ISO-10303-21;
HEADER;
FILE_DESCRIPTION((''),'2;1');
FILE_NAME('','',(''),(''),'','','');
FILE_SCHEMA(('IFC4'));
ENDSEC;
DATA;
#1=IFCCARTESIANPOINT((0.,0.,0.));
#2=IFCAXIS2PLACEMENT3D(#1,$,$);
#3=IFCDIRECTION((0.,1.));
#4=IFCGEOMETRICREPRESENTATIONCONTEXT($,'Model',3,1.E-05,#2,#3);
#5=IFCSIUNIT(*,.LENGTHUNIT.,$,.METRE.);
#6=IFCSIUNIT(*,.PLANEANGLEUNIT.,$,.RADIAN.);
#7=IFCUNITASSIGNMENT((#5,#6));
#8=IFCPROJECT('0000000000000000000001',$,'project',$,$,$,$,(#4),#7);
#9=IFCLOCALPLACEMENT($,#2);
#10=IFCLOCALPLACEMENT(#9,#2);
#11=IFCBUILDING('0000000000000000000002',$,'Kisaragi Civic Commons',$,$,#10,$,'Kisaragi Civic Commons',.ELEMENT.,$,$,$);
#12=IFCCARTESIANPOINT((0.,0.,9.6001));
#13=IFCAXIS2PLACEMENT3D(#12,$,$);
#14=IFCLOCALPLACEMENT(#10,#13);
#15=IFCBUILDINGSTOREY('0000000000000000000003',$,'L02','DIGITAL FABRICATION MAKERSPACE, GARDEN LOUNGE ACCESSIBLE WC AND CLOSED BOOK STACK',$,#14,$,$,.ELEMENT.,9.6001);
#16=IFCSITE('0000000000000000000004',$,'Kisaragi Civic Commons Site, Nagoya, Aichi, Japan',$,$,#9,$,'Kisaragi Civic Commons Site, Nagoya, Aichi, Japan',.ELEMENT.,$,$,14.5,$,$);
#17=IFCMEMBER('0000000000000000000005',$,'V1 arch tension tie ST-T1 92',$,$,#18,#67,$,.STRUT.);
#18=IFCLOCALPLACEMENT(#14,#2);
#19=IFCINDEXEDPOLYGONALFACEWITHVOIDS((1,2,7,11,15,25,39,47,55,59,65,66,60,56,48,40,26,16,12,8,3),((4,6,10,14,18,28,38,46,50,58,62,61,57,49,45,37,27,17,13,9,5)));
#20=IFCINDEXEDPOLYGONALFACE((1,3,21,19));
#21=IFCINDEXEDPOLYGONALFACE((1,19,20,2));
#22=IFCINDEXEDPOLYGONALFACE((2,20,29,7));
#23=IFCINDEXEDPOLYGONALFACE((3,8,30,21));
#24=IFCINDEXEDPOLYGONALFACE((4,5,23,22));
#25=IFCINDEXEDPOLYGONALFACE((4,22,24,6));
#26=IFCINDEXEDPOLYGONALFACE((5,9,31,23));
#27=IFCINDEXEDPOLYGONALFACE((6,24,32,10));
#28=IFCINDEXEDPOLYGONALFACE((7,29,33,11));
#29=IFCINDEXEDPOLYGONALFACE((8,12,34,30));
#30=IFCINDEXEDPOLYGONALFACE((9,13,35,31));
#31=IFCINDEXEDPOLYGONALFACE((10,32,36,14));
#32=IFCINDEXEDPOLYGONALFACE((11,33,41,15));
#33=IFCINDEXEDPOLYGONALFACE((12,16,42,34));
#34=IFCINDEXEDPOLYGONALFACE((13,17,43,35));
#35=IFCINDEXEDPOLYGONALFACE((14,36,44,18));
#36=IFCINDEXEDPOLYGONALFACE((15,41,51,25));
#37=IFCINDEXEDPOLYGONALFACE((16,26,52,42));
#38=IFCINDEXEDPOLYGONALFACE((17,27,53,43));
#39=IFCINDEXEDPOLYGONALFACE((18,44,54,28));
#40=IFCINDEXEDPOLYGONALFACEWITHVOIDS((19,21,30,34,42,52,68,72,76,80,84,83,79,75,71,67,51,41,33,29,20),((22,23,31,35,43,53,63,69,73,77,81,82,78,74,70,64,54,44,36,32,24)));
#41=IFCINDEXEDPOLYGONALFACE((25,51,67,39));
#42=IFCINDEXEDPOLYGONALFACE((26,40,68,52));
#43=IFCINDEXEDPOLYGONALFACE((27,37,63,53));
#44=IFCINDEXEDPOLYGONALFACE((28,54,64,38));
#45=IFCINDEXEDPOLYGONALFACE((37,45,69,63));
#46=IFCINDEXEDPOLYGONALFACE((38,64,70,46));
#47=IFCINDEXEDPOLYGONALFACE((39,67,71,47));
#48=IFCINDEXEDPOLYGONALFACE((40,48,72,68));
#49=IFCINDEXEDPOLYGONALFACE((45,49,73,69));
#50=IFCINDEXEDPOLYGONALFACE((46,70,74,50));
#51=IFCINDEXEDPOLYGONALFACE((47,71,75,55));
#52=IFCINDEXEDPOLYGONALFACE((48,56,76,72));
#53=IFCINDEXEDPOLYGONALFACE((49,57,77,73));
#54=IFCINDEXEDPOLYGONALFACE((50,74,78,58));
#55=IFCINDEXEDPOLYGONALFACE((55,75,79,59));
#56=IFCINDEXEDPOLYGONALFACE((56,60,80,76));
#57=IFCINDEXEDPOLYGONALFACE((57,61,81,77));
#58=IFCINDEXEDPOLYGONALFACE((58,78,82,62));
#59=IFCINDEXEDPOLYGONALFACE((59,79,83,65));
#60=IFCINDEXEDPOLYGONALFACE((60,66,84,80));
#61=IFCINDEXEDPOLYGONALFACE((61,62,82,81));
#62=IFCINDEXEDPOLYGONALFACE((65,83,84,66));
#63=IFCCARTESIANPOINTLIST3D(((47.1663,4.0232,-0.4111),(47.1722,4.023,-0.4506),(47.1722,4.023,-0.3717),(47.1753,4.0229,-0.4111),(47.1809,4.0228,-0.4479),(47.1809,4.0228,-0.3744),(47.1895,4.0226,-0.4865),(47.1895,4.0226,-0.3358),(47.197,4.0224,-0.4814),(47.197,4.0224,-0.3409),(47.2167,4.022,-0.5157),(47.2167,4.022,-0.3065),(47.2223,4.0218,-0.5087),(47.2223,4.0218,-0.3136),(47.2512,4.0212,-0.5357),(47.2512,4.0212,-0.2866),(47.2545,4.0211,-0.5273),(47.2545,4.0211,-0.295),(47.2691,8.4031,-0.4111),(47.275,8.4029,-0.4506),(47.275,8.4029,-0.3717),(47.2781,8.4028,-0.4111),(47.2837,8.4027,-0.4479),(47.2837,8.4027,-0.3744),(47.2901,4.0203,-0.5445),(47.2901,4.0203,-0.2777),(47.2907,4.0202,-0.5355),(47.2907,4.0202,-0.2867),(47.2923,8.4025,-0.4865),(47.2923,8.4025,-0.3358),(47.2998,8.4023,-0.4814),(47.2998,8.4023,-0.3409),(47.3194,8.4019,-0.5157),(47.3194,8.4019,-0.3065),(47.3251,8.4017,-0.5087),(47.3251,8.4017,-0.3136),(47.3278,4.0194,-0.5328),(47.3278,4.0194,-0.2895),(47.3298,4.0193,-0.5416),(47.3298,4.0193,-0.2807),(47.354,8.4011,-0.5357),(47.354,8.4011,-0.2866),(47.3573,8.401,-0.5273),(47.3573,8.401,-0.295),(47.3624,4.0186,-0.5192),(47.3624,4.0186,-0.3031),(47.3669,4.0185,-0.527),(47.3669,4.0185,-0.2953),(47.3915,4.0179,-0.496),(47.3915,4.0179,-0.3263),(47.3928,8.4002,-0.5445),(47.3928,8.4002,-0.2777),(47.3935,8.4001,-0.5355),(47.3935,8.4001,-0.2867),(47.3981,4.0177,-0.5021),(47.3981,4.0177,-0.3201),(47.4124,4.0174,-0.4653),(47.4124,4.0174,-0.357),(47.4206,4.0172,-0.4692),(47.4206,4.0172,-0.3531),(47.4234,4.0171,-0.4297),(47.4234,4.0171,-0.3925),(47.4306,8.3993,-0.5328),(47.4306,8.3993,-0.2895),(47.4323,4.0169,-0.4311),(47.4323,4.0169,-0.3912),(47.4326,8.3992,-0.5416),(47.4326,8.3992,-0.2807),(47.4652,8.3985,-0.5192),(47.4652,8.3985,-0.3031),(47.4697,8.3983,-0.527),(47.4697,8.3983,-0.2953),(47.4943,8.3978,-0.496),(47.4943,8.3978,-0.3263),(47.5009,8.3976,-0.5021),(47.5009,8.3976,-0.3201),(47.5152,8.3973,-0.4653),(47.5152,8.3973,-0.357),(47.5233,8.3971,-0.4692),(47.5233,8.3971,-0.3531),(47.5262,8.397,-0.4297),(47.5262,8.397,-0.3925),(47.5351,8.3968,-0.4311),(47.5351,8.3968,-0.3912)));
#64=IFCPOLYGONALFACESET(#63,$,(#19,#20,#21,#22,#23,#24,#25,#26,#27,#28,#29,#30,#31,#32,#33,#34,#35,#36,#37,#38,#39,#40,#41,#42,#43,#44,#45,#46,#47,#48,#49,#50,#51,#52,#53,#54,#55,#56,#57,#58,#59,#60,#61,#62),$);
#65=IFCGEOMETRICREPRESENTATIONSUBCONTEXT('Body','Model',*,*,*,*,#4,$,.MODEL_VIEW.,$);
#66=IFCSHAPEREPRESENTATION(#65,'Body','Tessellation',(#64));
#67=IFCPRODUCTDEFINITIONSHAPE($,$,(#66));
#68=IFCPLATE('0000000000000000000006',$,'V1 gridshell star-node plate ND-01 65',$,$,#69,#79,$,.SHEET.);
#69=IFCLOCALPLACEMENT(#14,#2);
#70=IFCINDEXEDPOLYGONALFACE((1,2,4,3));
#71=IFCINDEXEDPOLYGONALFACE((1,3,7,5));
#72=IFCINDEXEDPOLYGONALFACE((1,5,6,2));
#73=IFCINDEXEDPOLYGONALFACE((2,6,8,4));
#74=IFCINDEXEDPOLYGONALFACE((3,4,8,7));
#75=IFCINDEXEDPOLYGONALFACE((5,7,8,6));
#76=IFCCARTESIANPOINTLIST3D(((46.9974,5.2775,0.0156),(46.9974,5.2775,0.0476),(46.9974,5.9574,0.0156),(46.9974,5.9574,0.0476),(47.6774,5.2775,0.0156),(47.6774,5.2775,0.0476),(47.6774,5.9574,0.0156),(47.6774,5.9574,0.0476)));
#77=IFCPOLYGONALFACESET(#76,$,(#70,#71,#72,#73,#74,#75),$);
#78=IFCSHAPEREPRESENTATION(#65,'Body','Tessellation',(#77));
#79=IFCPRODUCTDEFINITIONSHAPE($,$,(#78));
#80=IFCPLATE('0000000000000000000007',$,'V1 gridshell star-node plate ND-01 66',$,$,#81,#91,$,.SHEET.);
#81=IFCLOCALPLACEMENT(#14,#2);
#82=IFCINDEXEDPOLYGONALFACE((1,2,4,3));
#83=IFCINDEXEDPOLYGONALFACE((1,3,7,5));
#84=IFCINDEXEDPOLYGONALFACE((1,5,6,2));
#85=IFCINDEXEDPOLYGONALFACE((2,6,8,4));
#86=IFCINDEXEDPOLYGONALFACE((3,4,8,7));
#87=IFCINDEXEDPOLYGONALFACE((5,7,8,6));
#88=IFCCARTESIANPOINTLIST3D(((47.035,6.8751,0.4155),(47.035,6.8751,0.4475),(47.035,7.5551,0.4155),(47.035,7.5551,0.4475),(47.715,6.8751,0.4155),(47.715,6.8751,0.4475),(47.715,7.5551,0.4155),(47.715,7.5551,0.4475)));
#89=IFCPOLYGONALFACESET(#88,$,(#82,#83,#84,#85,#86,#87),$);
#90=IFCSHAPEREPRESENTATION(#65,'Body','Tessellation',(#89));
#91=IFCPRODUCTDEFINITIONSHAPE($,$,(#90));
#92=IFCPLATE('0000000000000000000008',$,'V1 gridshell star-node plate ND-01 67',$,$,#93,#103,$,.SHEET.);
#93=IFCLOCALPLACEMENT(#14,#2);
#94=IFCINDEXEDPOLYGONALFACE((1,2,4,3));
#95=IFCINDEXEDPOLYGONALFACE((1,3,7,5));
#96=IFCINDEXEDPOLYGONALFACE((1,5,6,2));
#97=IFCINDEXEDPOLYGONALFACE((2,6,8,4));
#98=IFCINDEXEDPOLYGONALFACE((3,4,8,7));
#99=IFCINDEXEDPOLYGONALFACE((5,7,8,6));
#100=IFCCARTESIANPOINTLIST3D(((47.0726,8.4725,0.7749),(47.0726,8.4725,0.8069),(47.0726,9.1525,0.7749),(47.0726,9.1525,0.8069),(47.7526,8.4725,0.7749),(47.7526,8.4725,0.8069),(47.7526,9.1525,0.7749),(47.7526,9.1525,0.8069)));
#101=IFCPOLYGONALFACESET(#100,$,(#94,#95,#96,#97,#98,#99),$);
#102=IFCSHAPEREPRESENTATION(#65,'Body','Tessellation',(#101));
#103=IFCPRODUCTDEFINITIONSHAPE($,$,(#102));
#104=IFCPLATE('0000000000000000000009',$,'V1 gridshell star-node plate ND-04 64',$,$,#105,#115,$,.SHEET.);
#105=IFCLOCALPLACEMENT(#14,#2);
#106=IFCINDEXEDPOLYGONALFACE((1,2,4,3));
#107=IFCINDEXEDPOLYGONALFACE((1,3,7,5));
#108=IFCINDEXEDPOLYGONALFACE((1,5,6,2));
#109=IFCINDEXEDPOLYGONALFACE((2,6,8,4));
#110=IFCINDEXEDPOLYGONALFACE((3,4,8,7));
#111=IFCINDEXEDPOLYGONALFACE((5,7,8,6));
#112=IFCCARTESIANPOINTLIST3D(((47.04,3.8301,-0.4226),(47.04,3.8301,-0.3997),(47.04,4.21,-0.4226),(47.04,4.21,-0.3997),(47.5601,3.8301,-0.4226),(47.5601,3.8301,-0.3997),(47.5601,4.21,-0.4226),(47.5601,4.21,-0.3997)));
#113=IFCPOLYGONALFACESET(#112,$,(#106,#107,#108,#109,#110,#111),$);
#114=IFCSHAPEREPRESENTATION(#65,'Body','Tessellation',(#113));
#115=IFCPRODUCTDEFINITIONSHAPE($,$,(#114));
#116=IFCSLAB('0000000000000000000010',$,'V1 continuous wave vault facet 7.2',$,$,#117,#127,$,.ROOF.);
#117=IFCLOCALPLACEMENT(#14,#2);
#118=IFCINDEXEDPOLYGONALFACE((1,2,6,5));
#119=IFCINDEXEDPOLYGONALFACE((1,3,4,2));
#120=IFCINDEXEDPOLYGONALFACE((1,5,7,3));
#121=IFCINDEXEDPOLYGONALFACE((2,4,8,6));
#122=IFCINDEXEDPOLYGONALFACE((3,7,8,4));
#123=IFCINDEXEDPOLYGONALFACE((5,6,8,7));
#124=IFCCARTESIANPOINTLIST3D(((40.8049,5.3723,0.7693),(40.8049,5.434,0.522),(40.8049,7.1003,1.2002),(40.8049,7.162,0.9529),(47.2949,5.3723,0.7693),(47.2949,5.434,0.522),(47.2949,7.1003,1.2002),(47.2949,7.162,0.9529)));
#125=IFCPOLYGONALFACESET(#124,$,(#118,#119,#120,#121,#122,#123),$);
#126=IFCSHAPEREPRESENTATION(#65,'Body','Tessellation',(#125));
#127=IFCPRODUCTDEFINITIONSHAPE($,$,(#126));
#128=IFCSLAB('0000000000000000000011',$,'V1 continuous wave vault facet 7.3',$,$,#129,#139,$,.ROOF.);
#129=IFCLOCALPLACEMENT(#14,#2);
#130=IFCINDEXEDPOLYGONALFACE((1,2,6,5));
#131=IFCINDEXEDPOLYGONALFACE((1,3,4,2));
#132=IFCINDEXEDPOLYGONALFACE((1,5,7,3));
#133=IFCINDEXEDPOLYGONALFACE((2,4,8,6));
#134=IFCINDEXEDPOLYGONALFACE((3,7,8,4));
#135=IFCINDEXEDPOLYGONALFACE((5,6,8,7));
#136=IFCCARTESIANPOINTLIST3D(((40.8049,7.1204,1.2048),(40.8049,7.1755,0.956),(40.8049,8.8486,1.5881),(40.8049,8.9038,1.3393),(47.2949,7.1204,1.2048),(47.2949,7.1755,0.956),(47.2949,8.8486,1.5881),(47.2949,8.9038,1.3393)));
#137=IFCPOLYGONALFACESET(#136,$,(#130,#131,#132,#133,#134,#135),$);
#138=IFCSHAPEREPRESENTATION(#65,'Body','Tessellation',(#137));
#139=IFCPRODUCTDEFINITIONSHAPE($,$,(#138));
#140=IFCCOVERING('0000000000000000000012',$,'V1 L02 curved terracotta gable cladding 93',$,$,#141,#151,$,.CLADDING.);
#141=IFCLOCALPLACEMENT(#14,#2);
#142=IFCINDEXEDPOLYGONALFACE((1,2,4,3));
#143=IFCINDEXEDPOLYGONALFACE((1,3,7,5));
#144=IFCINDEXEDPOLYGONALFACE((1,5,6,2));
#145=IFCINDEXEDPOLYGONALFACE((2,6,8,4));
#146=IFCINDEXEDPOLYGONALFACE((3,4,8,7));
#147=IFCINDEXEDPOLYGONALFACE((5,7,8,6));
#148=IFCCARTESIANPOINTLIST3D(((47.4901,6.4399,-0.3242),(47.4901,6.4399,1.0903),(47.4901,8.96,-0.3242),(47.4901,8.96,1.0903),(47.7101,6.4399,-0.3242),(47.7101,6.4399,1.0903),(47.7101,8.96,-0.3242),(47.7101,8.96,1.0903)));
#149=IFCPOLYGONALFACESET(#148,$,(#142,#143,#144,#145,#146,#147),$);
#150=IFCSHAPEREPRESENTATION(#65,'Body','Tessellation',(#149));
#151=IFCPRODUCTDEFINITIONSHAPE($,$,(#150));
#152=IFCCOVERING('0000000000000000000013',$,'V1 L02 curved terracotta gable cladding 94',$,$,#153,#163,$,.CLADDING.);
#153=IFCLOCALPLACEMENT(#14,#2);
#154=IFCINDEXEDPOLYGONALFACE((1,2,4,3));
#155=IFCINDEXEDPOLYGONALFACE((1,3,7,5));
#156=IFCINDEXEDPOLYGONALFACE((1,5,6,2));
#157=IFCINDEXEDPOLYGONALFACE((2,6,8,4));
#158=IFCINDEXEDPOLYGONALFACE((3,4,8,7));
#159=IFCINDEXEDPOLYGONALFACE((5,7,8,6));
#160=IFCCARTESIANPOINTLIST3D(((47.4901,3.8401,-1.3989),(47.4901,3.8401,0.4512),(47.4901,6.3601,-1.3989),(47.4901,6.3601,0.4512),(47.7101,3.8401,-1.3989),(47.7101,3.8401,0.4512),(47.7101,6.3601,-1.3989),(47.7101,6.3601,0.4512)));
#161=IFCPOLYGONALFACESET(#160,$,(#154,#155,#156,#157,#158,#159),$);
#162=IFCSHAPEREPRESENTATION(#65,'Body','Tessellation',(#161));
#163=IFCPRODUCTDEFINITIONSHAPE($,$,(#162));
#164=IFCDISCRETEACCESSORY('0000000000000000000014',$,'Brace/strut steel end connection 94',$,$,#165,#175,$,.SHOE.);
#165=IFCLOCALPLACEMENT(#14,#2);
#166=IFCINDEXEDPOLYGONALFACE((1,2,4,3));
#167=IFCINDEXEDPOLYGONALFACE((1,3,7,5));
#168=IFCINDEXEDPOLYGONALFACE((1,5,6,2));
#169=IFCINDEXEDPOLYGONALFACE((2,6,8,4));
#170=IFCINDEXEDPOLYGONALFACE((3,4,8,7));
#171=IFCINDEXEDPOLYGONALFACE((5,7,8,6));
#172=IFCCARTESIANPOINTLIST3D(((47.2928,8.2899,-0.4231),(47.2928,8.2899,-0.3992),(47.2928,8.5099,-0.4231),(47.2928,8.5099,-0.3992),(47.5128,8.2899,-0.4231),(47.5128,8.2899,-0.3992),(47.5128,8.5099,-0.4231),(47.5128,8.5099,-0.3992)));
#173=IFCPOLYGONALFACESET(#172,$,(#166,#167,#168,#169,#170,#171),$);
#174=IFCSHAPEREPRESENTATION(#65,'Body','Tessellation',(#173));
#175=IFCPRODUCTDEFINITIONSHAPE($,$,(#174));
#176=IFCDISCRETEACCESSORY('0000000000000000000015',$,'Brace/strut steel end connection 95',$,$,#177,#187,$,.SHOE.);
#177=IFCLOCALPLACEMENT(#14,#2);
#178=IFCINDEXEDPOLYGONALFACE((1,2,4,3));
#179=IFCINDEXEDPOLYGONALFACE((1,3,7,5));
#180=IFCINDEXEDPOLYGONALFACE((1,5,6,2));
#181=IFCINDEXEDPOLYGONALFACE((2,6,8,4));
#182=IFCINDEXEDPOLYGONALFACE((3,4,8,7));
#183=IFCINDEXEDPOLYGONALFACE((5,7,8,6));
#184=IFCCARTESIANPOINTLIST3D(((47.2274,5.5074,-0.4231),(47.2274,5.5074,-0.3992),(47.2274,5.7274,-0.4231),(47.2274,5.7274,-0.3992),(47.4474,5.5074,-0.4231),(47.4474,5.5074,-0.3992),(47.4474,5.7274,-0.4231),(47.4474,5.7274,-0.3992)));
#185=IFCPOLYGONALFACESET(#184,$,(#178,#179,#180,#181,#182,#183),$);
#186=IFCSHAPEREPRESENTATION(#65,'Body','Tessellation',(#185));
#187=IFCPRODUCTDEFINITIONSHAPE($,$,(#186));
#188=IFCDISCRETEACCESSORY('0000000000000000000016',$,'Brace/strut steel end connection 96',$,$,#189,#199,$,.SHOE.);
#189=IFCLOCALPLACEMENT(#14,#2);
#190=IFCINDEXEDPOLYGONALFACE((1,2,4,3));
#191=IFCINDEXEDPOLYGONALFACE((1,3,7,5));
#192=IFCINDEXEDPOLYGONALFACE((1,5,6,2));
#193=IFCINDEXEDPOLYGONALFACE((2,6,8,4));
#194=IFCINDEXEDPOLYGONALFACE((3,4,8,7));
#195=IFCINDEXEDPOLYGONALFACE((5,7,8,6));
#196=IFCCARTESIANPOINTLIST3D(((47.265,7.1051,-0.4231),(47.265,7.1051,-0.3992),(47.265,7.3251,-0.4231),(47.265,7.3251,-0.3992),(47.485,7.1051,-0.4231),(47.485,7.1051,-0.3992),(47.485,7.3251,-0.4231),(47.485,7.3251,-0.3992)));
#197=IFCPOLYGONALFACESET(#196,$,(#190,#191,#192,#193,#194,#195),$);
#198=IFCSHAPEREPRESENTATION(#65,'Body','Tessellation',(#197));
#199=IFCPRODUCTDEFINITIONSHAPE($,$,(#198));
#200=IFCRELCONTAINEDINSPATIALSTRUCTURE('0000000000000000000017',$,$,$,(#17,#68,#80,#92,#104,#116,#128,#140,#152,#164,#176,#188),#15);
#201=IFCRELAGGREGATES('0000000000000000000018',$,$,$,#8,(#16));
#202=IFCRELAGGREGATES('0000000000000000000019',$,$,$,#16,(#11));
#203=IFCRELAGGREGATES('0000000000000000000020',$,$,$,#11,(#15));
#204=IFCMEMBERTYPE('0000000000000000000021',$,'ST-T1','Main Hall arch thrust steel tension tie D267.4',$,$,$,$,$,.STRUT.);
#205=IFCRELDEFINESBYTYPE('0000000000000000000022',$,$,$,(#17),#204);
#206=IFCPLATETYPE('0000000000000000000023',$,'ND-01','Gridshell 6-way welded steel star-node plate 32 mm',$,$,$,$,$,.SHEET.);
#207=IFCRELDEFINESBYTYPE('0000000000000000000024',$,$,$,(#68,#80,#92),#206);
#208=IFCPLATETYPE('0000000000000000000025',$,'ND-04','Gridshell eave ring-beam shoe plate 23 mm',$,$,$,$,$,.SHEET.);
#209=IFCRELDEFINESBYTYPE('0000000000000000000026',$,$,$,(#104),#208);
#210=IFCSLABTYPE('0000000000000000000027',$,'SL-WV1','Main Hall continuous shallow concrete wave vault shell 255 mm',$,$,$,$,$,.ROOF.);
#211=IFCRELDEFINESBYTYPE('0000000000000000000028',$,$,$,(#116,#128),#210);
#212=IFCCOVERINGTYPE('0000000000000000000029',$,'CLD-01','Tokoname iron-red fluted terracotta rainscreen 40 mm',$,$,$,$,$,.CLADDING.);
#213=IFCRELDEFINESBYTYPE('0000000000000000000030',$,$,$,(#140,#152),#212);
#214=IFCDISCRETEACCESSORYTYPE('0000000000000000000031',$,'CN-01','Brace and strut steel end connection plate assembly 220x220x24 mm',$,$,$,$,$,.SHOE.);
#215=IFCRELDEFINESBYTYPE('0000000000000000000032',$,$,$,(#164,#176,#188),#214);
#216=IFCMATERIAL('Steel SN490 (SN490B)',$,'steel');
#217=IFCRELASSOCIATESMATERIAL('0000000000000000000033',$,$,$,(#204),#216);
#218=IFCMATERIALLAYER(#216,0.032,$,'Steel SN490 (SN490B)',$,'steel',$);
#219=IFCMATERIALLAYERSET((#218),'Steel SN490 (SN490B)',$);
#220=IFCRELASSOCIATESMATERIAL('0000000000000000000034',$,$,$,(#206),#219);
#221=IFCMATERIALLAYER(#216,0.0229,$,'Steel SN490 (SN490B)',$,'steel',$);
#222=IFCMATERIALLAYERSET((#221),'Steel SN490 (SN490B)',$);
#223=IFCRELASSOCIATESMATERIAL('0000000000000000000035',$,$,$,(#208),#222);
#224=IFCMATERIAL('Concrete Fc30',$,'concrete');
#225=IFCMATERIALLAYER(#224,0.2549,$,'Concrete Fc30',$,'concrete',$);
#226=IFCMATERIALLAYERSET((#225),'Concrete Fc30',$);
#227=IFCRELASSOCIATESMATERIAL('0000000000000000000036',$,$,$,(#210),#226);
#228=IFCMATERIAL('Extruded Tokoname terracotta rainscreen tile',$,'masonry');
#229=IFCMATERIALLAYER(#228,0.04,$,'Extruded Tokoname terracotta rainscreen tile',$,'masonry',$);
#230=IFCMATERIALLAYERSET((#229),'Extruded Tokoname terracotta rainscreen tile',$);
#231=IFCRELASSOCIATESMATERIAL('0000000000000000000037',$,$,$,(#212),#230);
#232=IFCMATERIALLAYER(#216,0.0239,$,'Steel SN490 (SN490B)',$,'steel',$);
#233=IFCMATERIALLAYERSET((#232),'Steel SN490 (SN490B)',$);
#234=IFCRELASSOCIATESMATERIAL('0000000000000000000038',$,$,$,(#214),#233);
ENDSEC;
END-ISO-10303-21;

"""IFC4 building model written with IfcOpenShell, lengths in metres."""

from ifc_helpers import new_model, si_unit, direction, frame, origin, origin_2d, place, context, subcontext, project, spatial, polyline, rectangle, hollow_circle, outline, extrude, material, layer, layer_set, material_profile, profile_set, type_object, element, save


model = new_model("IFC4")

# Units and contexts
model_context = context("Model", 3, precision=1e-05, world=origin(), true_north=direction((0.0, 1.0)))
body_context = subcontext(model_context, "Body", "Model", "MODEL_VIEW")
ifc_project = project(units=[si_unit("LENGTHUNIT", "METRE"), si_unit("PLANEANGLEUNIT", "RADIAN")], contexts=[model_context])

# Site, building, storey
site_placement = place(None, origin())
site = spatial("IfcSite", under=ifc_project, at=site_placement, Name="Kisaragi Civic Commons Site, Nagoya, Aichi, Japan", LongName="Kisaragi Civic Commons Site, Nagoya, Aichi, Japan", CompositionType="ELEMENT", RefElevation=14.5)
building_placement = place(site_placement, origin())
building = spatial("IfcBuilding", under=site, at=building_placement, Name="Kisaragi Civic Commons", LongName="Kisaragi Civic Commons", CompositionType="ELEMENT")
storey_placement = place(building_placement, frame((0.0, 0.0, 9.6001)))
storey = spatial("IfcBuildingStorey", under=building, at=storey_placement, Name="L02", Description="DIGITAL FABRICATION MAKERSPACE, GARDEN LOUNGE ACCESSIBLE WC AND CLOSED BOOK STACK", CompositionType="ELEMENT", Elevation=9.6001)

# Member
ifc_material_1 = material(Name="Steel SN490 (SN490B)", Category="steel")
ifc_material_profile_1 = material_profile(ifc_material_1, hollow_circle(Radius=0.1338, WallThickness=0.009, at=origin_2d()), Name="CHS-267.4x9.0", Category="steel")
ifc_profile_set_1 = profile_set([ifc_material_profile_1], Name="Steel SN490 (SN490B)")
member_type_1 = type_object("IfcMemberType", Name="ST-T1", Description="Main Hall arch thrust steel tension tie D267.4", PredefinedType="STRUT", material=ifc_profile_set_1)
member_1_placement = place(storey_placement, frame((47.3, 4.02, -0.4111), z_axis=(0.023461, 0.999725, 0.0), x_axis=(-0.999725, 0.023461, 0.0)))
element("IfcMember", 1, at=member_1_placement, inside=storey, type_object=member_type_1, Name="V1 arch tension tie ST-T1 92", PredefinedType="STRUT", context=body_context, shape_type="SweptSolid", body=[
    extrude(hollow_circle(Radius=0.1338, WallThickness=0.009, at=origin_2d()), origin(), (0.0, 0.0, 1.0), 4.3811),
])

# Plates
ifc_layer_1 = layer(ifc_material_1, 0.032, Name="Steel SN490 (SN490B)", Category="steel")
ifc_layer_set_1 = layer_set([ifc_layer_1], Name="Steel SN490 (SN490B)")
plate_type_1 = type_object("IfcPlateType", Name="ND-01", Description="Gridshell 6-way welded steel star-node plate 32 mm", PredefinedType="SHEET", material=ifc_layer_set_1)
for number, where, z_axis, x_axis, name in (
    (2, (47.3374, 5.6174, 0.0156), (0.0, 0.0, 1.0), (1.0, 0.0, 0.0), "V1 gridshell star-node plate ND-01 65"),
    (3, (47.375, 7.2151, 0.4155), (0.0, 0.0, 1.0), (1.0, 0.0, 0.0), "V1 gridshell star-node plate ND-01 66"),
    (4, (47.4126, 8.8125, 0.7749), (0.0, 0.0, 1.0), (1.0, 0.0, 0.0), "V1 gridshell star-node plate ND-01 67"),
):
    element("IfcPlate", number, at=place(storey_placement, frame(where, z_axis=z_axis, x_axis=x_axis)), inside=storey, type_object=plate_type_1, Name=name, PredefinedType="SHEET", context=body_context, shape_type="SweptSolid", body=[
        extrude(rectangle(XDim=0.6799, YDim=0.6799, at=origin_2d()), origin(), (0.0, 0.0, 1.0), 0.032),
    ])
ifc_layer_2 = layer(ifc_material_1, 0.0229, Name="Steel SN490 (SN490B)", Category="steel")
ifc_layer_set_2 = layer_set([ifc_layer_2], Name="Steel SN490 (SN490B)")
plate_type_2 = type_object("IfcPlateType", Name="ND-04", Description="Gridshell eave ring-beam shoe plate 23 mm", PredefinedType="SHEET", material=ifc_layer_set_2)
plate_placement = place(storey_placement, frame((47.3, 4.02, -0.4226), z_axis=(0.0, 0.0, 1.0), x_axis=(1.0, 0.0, 0.0)))
element("IfcPlate", 5, at=plate_placement, inside=storey, type_object=plate_type_2, Name="V1 gridshell star-node plate ND-04 64", PredefinedType="SHEET", context=body_context, shape_type="SweptSolid", body=[
    extrude(rectangle(XDim=0.52, YDim=0.3799, at=origin_2d()), origin(), (0.0, 0.0, 1.0), 0.0229),
])

# Slabs
ifc_material_2 = material(Name="Concrete Fc30", Category="concrete")
ifc_layer_3 = layer(ifc_material_2, 0.2549, Name="Concrete Fc30", Category="concrete")
ifc_layer_set_3 = layer_set([ifc_layer_3], Name="Concrete Fc30")
slab_type = type_object("IfcSlabType", Name="SL-WV1", Description="Main Hall continuous shallow concrete wave vault shell 255 mm", PredefinedType="ROOF", material=ifc_layer_set_3)
slab_1_placement = place(storey_placement, frame((47.2949, 7.1003, 1.2002), z_axis=(0.0, -0.241955, 0.970287), x_axis=(-1.0, 0.0, 0.0)))
element("IfcSlab", 6, at=slab_1_placement, inside=storey, type_object=slab_type, Name="V1 continuous wave vault facet 7.2", PredefinedType="ROOF", context=body_context, shape_type="SweptSolid", body=[
    extrude(outline(polyline([(0.0, 0.0), (6.49, 0.0), (6.49, 1.7809), (0.0, 1.7809), (0.0, 0.0)])), origin(), (0.0, 0.0, -1.0), 0.2549),
])
slab_2_placement = place(storey_placement, frame((47.2949, 8.8486, 1.5881), z_axis=(0.0, -0.216522, 0.976278), x_axis=(-1.0, 0.0, 0.0)))
element("IfcSlab", 7, at=slab_2_placement, inside=storey, type_object=slab_type, Name="V1 continuous wave vault facet 7.3", PredefinedType="ROOF", context=body_context, shape_type="SweptSolid", body=[
    extrude(outline(polyline([(0.0, 0.0), (6.49, 0.0), (6.49, 1.7703), (0.0, 1.7703), (0.0, 0.0)])), origin(), (0.0, 0.0, -1.0), 0.2549),
])

# Coverings
ifc_material_3 = material(Name="Extruded Tokoname terracotta rainscreen tile", Category="masonry")
ifc_layer_4 = layer(ifc_material_3, 0.04, Name="Extruded Tokoname terracotta rainscreen tile", Category="masonry")
ifc_layer_set_4 = layer_set([ifc_layer_4], Name="Extruded Tokoname terracotta rainscreen tile")
covering_type = type_object("IfcCoveringType", Name="CLD-01", Description="Tokoname iron-red fluted terracotta rainscreen 40 mm", PredefinedType="CLADDING", material=ifc_layer_set_4)
covering_1_placement = place(storey_placement, frame((47.6001, 7.7, -0.3242), z_axis=(0.0, 0.0, 1.0), x_axis=(0.0, -1.0, 0.0)))
element("IfcCovering", 8, at=covering_1_placement, inside=storey, type_object=covering_type, Name="V1 L02 curved terracotta gable cladding 93", PredefinedType="CLADDING", context=body_context, shape_type="SweptSolid", body=[
    extrude(rectangle(XDim=2.52, YDim=0.22, at=origin_2d()), origin(), (0.0, 0.0, 1.0), 1.4146),
])
covering_2_placement = place(storey_placement, frame((47.6001, 5.1001, -1.3989), z_axis=(0.0, 0.0, 1.0), x_axis=(0.0, -1.0, 0.0)))
element("IfcCovering", 9, at=covering_2_placement, inside=storey, type_object=covering_type, Name="V1 L02 curved terracotta gable cladding 94", PredefinedType="CLADDING", context=body_context, shape_type="SweptSolid", body=[
    extrude(rectangle(XDim=2.52, YDim=0.22, at=origin_2d()), origin(), (0.0, 0.0, 1.0), 1.8501),
])

# Discrete accessories
ifc_layer_5 = layer(ifc_material_1, 0.0239, Name="Steel SN490 (SN490B)", Category="steel")
ifc_layer_set_5 = layer_set([ifc_layer_5], Name="Steel SN490 (SN490B)")
discrete_accessory_type = type_object("IfcDiscreteAccessoryType", Name="CN-01", Description="Brace and strut steel end connection plate assembly 220x220x24 mm", PredefinedType="SHOE", material=ifc_layer_set_5)
for number, where, z_axis, x_axis, name in (
    (10, (47.4028, 8.3999, -0.4231), (0.0, 0.0, 1.0), (1.0, 0.0, 0.0), "Brace/strut steel end connection 94"),
    (11, (47.3374, 5.6174, -0.4231), (0.0, 0.0, 1.0), (1.0, 0.0, 0.0), "Brace/strut steel end connection 95"),
    (12, (47.375, 7.2151, -0.4231), (0.0, 0.0, 1.0), (1.0, 0.0, 0.0), "Brace/strut steel end connection 96"),
):
    element("IfcDiscreteAccessory", number, at=place(storey_placement, frame(where, z_axis=z_axis, x_axis=x_axis)), inside=storey, type_object=discrete_accessory_type, Name=name, PredefinedType="SHOE", context=body_context, shape_type="SweptSolid", body=[
        extrude(rectangle(XDim=0.22, YDim=0.22, at=origin_2d()), origin(), (0.0, 0.0, 1.0), 0.0239),
    ])

save(model, "model.ifc")
